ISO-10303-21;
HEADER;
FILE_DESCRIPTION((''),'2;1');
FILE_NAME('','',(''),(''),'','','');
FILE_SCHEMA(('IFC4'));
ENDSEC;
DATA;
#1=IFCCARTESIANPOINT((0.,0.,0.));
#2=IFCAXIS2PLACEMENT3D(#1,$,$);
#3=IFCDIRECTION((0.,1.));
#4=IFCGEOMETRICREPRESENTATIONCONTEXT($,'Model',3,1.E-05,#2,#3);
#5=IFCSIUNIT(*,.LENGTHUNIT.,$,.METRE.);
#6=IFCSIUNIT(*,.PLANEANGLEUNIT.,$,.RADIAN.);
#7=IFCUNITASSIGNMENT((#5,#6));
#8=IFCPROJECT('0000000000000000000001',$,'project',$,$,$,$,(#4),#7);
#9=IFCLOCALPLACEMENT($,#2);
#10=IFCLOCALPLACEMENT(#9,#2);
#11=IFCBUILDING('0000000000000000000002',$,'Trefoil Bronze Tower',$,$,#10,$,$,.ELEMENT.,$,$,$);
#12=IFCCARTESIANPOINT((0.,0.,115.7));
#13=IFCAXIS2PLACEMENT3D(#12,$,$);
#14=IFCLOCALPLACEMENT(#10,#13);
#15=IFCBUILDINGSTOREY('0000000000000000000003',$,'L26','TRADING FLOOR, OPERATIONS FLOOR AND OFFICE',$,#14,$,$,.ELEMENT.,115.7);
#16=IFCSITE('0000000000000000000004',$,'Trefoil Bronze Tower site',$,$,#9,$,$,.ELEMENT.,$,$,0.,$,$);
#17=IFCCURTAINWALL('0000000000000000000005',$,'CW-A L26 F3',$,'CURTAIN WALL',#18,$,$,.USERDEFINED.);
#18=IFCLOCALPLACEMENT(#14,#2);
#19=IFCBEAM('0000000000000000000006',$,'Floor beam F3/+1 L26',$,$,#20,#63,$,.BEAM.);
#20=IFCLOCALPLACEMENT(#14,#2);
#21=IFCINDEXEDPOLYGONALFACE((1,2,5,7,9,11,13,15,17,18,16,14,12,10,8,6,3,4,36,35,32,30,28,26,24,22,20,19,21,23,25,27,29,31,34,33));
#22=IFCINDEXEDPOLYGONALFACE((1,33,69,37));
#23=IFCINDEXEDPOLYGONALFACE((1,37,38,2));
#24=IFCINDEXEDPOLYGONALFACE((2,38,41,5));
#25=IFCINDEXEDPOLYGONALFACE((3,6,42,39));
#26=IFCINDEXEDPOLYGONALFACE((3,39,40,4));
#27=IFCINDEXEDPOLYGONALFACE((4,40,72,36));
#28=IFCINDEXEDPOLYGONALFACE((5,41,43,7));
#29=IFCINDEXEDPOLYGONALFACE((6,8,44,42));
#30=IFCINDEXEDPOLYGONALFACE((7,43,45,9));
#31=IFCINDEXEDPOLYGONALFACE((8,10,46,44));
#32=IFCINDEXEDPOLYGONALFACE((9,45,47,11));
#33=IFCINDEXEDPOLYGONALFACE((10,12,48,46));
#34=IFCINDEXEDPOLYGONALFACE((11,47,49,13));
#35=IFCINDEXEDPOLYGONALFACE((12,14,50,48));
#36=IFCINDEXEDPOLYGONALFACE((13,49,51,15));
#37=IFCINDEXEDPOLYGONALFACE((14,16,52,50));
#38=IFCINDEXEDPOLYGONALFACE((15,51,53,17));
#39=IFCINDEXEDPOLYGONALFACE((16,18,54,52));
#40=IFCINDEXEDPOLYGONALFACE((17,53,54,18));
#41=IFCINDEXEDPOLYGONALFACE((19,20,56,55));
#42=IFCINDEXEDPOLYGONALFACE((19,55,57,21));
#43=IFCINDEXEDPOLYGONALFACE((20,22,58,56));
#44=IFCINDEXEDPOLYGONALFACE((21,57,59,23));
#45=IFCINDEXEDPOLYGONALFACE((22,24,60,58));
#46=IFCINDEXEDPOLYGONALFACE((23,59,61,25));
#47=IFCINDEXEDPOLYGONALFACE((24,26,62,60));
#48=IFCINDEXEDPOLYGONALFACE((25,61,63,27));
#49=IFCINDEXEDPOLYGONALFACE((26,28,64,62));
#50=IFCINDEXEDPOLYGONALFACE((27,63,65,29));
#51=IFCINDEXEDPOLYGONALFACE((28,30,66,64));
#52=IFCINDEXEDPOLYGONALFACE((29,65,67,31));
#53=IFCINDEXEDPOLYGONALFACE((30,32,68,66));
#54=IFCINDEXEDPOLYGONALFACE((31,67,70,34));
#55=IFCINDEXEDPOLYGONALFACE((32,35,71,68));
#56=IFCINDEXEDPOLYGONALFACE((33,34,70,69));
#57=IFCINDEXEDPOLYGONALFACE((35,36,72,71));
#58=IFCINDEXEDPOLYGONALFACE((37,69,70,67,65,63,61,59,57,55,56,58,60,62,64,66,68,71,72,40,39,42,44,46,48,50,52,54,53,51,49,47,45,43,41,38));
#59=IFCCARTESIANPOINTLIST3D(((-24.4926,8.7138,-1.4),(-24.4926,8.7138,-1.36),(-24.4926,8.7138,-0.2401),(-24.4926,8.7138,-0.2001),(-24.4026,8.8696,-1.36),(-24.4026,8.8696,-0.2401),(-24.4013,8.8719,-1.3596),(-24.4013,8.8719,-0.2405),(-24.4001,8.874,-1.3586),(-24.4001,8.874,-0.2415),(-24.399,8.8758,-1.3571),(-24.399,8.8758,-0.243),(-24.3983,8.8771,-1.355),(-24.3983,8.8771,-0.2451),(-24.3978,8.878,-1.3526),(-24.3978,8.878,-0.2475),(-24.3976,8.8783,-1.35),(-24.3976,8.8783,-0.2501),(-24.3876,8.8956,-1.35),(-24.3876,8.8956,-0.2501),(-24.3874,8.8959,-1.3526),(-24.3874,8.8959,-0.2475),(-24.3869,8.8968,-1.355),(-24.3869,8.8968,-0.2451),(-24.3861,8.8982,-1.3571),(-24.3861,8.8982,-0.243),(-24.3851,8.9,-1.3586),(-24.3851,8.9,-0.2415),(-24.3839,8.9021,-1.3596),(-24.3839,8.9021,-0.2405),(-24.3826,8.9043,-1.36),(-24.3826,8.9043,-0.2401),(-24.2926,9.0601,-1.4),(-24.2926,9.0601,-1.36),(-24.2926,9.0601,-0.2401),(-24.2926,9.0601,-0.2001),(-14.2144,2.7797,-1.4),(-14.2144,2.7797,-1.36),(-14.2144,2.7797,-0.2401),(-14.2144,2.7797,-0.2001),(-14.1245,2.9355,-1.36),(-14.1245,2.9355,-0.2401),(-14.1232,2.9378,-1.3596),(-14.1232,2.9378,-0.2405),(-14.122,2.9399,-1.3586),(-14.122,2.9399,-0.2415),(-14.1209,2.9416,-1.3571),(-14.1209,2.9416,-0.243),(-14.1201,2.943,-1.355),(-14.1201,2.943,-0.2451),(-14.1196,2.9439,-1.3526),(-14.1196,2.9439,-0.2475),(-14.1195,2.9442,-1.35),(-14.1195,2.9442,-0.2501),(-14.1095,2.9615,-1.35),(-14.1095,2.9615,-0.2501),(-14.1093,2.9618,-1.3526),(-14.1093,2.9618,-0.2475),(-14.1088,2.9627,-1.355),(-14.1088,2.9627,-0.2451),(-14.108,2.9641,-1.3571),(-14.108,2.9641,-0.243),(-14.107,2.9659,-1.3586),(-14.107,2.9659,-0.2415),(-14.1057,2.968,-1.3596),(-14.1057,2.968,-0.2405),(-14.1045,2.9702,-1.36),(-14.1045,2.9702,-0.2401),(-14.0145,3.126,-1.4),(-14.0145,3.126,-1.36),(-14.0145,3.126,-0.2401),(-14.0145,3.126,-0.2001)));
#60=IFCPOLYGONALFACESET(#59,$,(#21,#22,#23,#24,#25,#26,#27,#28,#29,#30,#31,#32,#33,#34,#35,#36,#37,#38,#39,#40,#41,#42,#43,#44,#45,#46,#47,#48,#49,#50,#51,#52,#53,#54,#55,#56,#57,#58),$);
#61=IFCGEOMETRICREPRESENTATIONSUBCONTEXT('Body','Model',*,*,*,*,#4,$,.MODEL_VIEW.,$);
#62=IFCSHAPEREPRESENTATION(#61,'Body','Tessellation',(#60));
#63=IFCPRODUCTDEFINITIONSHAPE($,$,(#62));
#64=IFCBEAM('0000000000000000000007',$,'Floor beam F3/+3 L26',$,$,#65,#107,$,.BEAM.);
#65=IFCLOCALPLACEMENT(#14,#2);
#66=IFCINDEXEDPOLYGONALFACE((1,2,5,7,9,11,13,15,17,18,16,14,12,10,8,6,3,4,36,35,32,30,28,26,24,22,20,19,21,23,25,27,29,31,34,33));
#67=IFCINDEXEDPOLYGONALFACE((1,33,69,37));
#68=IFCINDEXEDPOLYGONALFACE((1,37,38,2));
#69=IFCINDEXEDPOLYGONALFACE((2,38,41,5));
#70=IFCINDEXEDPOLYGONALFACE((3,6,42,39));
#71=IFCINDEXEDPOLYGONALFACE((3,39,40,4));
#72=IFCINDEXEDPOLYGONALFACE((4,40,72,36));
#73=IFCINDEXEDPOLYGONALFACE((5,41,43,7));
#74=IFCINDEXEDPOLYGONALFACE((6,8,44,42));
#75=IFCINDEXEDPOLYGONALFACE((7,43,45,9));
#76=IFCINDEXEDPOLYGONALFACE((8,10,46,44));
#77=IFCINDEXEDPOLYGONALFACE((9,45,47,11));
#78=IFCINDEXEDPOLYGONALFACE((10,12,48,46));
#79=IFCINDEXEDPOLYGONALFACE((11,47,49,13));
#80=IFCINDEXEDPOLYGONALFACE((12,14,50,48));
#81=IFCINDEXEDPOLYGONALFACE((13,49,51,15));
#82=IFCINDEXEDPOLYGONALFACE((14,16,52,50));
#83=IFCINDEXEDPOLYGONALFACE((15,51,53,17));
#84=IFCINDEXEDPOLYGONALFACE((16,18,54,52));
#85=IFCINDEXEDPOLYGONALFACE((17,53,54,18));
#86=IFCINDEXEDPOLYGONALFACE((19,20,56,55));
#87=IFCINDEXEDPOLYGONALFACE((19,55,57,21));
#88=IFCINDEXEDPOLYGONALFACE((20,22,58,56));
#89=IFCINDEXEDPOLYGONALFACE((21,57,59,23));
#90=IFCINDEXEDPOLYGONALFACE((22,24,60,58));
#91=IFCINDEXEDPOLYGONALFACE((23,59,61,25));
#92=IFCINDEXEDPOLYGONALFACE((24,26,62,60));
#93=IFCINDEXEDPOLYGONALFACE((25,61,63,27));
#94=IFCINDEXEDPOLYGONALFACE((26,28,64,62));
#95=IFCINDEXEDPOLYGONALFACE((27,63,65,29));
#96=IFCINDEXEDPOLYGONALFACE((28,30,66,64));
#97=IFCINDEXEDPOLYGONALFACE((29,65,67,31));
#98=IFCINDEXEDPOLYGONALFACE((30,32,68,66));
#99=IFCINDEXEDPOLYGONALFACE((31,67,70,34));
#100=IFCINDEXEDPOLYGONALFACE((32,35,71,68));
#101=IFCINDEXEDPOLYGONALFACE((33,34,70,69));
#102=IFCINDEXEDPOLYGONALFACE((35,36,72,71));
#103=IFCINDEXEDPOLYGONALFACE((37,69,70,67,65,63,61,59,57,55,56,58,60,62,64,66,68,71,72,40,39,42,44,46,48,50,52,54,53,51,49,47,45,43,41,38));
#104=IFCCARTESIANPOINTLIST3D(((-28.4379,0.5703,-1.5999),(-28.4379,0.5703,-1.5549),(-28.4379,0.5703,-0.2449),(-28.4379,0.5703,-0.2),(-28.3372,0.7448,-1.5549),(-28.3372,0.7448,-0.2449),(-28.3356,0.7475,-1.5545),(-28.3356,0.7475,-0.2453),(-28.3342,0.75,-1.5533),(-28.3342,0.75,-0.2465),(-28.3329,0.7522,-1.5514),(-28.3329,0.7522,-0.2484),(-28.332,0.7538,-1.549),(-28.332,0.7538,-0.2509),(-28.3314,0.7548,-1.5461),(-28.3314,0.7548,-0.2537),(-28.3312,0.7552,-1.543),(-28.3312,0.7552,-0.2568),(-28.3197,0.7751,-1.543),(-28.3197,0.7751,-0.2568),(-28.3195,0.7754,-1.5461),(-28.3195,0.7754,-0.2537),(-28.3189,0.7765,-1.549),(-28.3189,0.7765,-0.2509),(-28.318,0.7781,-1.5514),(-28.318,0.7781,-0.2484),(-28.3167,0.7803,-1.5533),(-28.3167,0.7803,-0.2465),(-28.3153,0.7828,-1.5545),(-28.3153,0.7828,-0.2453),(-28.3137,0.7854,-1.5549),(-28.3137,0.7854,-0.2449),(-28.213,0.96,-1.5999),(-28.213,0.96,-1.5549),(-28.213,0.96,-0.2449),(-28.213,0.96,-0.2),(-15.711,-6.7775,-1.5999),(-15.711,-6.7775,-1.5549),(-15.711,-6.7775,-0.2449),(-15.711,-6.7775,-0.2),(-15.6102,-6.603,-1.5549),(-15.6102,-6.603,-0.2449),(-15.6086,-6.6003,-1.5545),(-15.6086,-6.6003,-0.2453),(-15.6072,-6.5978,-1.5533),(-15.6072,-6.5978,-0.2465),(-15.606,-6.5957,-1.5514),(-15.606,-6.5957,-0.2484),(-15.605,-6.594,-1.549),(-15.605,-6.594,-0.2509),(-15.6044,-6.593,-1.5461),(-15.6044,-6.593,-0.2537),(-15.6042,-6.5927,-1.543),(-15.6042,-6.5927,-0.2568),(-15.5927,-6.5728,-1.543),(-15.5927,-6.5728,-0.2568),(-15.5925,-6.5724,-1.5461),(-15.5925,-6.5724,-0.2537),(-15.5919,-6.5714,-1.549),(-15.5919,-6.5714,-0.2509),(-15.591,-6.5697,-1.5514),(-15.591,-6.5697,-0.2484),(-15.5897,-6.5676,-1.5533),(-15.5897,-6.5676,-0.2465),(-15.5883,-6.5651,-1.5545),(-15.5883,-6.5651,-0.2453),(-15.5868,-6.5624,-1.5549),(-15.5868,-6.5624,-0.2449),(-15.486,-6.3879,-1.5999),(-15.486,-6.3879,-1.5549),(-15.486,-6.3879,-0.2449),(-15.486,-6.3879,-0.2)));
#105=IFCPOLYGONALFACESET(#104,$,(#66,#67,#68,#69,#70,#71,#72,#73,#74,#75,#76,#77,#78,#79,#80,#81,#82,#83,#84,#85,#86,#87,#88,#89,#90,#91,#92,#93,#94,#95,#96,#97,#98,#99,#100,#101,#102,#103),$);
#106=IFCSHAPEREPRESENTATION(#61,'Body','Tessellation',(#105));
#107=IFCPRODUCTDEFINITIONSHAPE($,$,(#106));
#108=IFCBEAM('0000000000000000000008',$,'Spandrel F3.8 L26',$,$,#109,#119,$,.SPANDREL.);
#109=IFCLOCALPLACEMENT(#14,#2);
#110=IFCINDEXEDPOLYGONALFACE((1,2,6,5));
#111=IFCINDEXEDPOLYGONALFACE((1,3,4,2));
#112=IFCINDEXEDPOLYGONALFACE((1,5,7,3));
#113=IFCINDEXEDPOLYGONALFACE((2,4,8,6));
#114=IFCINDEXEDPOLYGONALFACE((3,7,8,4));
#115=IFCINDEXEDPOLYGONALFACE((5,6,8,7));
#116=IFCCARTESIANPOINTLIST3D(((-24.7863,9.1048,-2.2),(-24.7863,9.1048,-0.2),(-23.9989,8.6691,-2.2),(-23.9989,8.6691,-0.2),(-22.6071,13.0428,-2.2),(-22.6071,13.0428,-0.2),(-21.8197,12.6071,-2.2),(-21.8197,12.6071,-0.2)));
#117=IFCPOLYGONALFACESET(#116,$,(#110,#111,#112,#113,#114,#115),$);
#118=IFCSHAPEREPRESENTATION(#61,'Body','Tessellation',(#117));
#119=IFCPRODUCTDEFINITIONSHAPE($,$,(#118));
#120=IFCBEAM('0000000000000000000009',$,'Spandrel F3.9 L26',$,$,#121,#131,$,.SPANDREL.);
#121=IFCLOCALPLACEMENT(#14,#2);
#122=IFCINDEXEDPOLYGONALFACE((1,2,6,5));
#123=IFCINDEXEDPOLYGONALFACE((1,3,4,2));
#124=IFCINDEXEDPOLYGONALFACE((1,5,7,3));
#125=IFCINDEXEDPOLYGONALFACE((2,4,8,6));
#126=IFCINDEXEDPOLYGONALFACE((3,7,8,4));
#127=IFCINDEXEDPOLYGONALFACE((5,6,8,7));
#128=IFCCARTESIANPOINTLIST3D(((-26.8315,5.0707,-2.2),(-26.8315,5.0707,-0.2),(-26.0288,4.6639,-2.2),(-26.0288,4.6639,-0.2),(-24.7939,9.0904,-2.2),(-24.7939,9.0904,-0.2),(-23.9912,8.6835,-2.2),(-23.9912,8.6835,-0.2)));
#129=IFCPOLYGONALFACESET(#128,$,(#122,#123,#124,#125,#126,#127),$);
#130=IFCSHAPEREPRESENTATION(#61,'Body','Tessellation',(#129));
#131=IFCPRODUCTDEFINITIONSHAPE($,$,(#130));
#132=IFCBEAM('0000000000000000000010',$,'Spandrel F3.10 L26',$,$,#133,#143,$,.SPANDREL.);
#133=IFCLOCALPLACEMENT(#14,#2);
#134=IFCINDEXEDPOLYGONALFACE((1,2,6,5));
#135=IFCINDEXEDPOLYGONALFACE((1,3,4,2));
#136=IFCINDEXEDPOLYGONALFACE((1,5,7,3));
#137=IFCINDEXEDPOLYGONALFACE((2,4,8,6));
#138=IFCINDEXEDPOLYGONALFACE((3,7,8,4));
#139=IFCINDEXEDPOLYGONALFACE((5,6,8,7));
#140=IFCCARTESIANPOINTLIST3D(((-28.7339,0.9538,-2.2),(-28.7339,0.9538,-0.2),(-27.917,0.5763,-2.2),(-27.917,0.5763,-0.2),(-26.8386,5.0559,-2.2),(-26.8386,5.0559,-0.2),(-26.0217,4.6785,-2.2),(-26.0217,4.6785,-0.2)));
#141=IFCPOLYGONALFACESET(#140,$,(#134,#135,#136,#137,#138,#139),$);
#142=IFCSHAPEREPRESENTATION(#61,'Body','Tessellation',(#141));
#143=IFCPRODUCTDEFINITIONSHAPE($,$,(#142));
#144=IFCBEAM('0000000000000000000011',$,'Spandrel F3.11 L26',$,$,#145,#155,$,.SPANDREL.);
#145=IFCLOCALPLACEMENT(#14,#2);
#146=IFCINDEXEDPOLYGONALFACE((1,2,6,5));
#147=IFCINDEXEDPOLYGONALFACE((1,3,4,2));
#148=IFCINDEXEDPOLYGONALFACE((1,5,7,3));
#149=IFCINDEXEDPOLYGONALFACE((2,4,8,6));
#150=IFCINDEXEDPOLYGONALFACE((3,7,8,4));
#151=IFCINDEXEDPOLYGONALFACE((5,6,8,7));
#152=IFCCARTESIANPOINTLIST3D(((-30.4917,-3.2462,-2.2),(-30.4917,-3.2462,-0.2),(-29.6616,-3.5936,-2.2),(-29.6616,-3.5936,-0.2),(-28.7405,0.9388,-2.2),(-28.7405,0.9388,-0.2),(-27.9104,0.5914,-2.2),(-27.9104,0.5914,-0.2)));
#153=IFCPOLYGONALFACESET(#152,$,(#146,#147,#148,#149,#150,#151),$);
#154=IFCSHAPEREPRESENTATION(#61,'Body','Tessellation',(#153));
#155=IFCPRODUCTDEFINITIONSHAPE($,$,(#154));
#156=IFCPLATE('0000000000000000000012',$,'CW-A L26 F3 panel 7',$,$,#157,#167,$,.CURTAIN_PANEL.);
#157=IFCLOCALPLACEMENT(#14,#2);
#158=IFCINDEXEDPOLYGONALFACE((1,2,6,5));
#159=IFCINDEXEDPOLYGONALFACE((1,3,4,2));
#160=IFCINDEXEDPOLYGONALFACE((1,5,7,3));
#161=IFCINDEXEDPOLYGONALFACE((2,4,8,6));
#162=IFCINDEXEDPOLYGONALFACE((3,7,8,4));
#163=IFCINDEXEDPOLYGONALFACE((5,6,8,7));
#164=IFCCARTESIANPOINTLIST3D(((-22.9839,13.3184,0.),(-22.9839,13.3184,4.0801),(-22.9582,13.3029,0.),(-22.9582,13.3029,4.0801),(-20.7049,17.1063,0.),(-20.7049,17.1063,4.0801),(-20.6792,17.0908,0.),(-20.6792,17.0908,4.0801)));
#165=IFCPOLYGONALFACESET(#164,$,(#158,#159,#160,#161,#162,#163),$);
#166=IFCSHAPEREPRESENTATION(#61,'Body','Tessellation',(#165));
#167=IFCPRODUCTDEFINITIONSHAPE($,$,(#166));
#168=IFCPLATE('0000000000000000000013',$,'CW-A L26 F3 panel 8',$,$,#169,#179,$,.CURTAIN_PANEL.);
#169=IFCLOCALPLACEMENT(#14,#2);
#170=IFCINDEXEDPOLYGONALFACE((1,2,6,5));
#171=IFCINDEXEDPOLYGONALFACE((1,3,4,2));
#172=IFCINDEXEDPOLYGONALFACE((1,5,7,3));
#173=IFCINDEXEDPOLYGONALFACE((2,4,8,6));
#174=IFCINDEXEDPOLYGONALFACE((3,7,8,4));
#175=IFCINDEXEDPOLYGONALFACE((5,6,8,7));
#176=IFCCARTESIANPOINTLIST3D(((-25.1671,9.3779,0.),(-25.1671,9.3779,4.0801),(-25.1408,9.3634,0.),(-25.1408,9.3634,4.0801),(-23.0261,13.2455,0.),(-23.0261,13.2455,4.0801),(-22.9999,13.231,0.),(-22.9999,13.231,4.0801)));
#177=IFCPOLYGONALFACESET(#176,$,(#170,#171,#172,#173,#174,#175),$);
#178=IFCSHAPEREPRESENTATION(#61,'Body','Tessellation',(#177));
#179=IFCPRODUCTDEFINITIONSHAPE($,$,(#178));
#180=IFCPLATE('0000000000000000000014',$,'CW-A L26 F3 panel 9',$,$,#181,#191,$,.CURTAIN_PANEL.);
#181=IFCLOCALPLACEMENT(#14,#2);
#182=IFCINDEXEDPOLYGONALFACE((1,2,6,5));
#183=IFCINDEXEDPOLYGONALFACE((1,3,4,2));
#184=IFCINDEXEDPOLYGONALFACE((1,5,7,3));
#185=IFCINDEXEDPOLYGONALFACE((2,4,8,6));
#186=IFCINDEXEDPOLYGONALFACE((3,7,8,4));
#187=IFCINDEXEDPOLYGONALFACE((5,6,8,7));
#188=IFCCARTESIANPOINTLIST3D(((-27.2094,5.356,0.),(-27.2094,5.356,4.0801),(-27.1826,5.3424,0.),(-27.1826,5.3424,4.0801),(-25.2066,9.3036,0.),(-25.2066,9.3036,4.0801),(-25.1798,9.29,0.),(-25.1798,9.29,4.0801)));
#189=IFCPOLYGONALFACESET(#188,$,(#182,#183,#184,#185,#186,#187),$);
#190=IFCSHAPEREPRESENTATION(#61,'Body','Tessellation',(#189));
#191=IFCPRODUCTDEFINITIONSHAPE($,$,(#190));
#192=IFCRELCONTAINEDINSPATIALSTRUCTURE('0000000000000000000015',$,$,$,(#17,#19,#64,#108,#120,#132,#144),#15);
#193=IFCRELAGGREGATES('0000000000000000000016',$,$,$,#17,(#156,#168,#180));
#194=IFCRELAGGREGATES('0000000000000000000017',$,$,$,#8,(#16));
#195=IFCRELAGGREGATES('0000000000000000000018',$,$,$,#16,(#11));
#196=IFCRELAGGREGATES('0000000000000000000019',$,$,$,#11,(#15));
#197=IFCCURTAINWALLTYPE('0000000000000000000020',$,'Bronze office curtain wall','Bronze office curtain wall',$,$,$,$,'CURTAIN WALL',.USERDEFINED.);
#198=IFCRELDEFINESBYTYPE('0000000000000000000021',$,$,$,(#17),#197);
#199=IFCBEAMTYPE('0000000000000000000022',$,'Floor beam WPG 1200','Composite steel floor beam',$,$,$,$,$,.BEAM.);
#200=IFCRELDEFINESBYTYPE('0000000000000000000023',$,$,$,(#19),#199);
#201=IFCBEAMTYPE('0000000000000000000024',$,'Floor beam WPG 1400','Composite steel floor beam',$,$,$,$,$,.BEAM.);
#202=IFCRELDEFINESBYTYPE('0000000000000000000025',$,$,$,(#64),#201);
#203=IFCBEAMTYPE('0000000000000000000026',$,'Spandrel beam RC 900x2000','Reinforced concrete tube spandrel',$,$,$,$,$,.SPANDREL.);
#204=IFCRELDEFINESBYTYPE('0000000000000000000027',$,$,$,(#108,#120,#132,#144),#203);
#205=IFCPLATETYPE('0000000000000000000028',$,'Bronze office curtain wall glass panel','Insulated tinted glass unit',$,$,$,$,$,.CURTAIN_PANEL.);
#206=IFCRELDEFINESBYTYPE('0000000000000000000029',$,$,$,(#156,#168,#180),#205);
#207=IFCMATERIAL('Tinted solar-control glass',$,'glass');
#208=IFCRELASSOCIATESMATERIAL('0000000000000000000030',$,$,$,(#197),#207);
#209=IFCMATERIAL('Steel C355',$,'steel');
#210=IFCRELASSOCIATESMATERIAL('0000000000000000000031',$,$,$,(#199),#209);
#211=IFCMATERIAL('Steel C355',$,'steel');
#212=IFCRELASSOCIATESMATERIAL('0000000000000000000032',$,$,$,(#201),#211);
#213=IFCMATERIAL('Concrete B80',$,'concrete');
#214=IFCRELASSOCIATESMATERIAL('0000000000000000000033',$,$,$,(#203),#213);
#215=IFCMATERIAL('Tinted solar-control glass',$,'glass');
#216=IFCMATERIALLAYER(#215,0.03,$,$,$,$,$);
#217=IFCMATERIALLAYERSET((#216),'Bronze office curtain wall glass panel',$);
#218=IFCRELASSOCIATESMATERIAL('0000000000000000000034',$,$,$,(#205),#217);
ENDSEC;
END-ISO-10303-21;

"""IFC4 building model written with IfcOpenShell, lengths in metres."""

from ifc_helpers import new_model, si_unit, direction, frame, origin, origin_2d, place, context, subcontext, project, spatial, rectangle, i_section, extrude, material, layer, layer_set, material_profile, profile_set, type_object, element, aggregate, save


model = new_model("IFC4")

# Units and contexts
model_context = context("Model", 3, precision=1e-05, world=origin(), true_north=direction((0.0, 1.0)))
body_context = subcontext(model_context, "Body", "Model", "MODEL_VIEW")
ifc_project = project(units=[si_unit("LENGTHUNIT", "METRE"), si_unit("PLANEANGLEUNIT", "RADIAN")], contexts=[model_context])

# Site, building, storey
site_placement = place(None, origin())
site = spatial("IfcSite", under=ifc_project, at=site_placement, Name="Trefoil Bronze Tower site", CompositionType="ELEMENT", RefElevation=0.0)
building_placement = place(site_placement, origin())
building = spatial("IfcBuilding", under=site, at=building_placement, Name="Trefoil Bronze Tower", CompositionType="ELEMENT")
storey_placement = place(building_placement, frame((0.0, 0.0, 115.7)))
storey = spatial("IfcBuildingStorey", under=building, at=storey_placement, Name="L26", Description="TRADING FLOOR, OPERATIONS FLOOR AND OFFICE", CompositionType="ELEMENT", Elevation=115.7)

# Curtain wall
ifc_material_1 = material(Name="Tinted solar-control glass", Category="glass")
curtain_wall_type = type_object("IfcCurtainWallType", Name="Bronze office curtain wall", Description="Bronze office curtain wall", ElementType="CURTAIN WALL", PredefinedType="USERDEFINED", material=ifc_material_1)
curtain_wall_placement = place(storey_placement, origin())
curtain_wall = element("IfcCurtainWall", 1, at=curtain_wall_placement, inside=storey, type_object=curtain_wall_type, Name="CW-A L26 F3", ObjectType="CURTAIN WALL", PredefinedType="USERDEFINED")

# Beams
ifc_material_2 = material(Name="Steel C355", Category="steel")
ifc_material_profile_1 = material_profile(ifc_material_2, i_section(OverallWidth=0.3999, OverallDepth=1.2, WebThickness=0.02, FlangeThickness=0.04, FilletRadius=0.01, at=origin_2d()), Name="WPG 1200")
ifc_profile_set_1 = profile_set([ifc_material_profile_1], Name="Steel C355")
beam_type_1 = type_object("IfcBeamType", Name="Floor beam WPG 1200", Description="Composite steel floor beam", PredefinedType="BEAM", material=ifc_profile_set_1)
beam_1_placement = place(storey_placement, frame((-24.3926, 8.887, -0.8), z_axis=(0.866024, -0.500002, 0.0), x_axis=(0.500002, 0.866024, 0.0)))
element("IfcBeam", 2, at=beam_1_placement, inside=storey, type_object=beam_type_1, Name="Floor beam F3/+1 L26", PredefinedType="BEAM", context=body_context, shape_type="SweptSolid", body=[
    extrude(i_section(OverallWidth=0.3999, OverallDepth=1.2, WebThickness=0.02, FlangeThickness=0.04, FilletRadius=0.01, at=origin_2d()), origin(), (0.0, 0.0, 1.0), 11.8682),
])
ifc_material_3 = material(Name="Steel C355", Category="steel")
ifc_material_profile_2 = material_profile(ifc_material_3, i_section(OverallWidth=0.45, OverallDepth=1.3999, WebThickness=0.0229, FlangeThickness=0.0449, FilletRadius=0.012, at=origin_2d()), Name="WPG 1400")
ifc_profile_set_2 = profile_set([ifc_material_profile_2], Name="Steel C355")
beam_type_2 = type_object("IfcBeamType", Name="Floor beam WPG 1400", Description="Composite steel floor beam", PredefinedType="BEAM", material=ifc_profile_set_2)
beam_2_placement = place(storey_placement, frame((-28.3254, 0.7651, -0.8999), z_axis=(0.866027, -0.499997, 0.0), x_axis=(0.499997, 0.866027, 0.0)))
element("IfcBeam", 3, at=beam_2_placement, inside=storey, type_object=beam_type_2, Name="Floor beam F3/+3 L26", PredefinedType="BEAM", context=body_context, shape_type="SweptSolid", body=[
    extrude(i_section(OverallWidth=0.45, OverallDepth=1.3999, WebThickness=0.0229, FlangeThickness=0.0449, FilletRadius=0.012, at=origin_2d()), origin(), (0.0, 0.0, 1.0), 14.6958),
])
ifc_material_4 = material(Name="Concrete B80", Category="concrete")
ifc_material_profile_3 = material_profile(ifc_material_4, rectangle(XDim=0.8999, YDim=2.0, at=origin_2d()), Name="RC 900x2000")
ifc_profile_set_3 = profile_set([ifc_material_profile_3], Name="Concrete B80")
beam_type_3 = type_object("IfcBeamType", Name="Spandrel beam RC 900x2000", Description="Reinforced concrete tube spandrel", PredefinedType="SPANDREL", material=ifc_profile_set_3)
beam_3_placement = place(storey_placement, frame((-22.2134, 12.825, -1.2), z_axis=(-0.484187, -0.874965, 0.0), x_axis=(0.874965, -0.484187, 0.0)))
element("IfcBeam", 4, at=beam_3_placement, inside=storey, type_object=beam_type_3, Name="Spandrel F3.8 L26", PredefinedType="SPANDREL", context=body_context, shape_type="SweptSolid", body=[
    extrude(rectangle(XDim=0.8999, YDim=2.0, at=origin_2d()), origin(), (0.0, 0.0, 1.0), 4.5007),
])
beam_4_placement = place(storey_placement, frame((-24.3926, 8.887, -1.2), z_axis=(-0.452126, -0.891954, 0.0), x_axis=(0.891954, -0.452126, 0.0)))
element("IfcBeam", 5, at=beam_4_placement, inside=storey, type_object=beam_type_3, Name="Spandrel F3.9 L26", PredefinedType="SPANDREL", context=body_context, shape_type="SweptSolid", body=[
    extrude(rectangle(XDim=0.8999, YDim=2.0, at=origin_2d()), origin(), (0.0, 0.0, 1.0), 4.5066),
])
beam_5_placement = place(storey_placement, frame((-26.4302, 4.8672, -1.2), z_axis=(-0.419425, -0.90779, 0.0), x_axis=(0.90779, -0.419425, 0.0)))
element("IfcBeam", 6, at=beam_5_placement, inside=storey, type_object=beam_type_3, Name="Spandrel F3.10 L26", PredefinedType="SPANDREL", context=body_context, shape_type="SweptSolid", body=[
    extrude(rectangle(XDim=0.8999, YDim=2.0, at=origin_2d()), origin(), (0.0, 0.0, 1.0), 4.5188),
])
beam_6_placement = place(storey_placement, frame((-28.3254, 0.7651, -1.2), z_axis=(-0.386013, -0.922493, 0.0), x_axis=(0.922493, -0.386013, 0.0)))
element("IfcBeam", 7, at=beam_6_placement, inside=storey, type_object=beam_type_3, Name="Spandrel F3.11 L26", PredefinedType="SPANDREL", context=body_context, shape_type="SweptSolid", body=[
    extrude(rectangle(XDim=0.8999, YDim=2.0, at=origin_2d()), origin(), (0.0, 0.0, 1.0), 4.5366),
])

# Plates
ifc_material_5 = material(Name="Tinted solar-control glass", Category="glass")
ifc_layer_1 = layer(ifc_material_5, 0.03)
ifc_layer_set_1 = layer_set([ifc_layer_1], Name="Bronze office curtain wall glass panel")
plate_type = type_object("IfcPlateType", Name="Bronze office curtain wall glass panel", Description="Insulated tinted glass unit", PredefinedType="CURTAIN_PANEL", material=ifc_layer_set_1)
plate_1_placement = place(storey_placement, frame((-21.8315, 15.2046, 0.0), z_axis=(0.0, 0.0, 1.0), x_axis=(-0.515525, -0.856874, 0.0)))
plate_1 = element("IfcPlate", 8, at=plate_1_placement, type_object=plate_type, Name="CW-A L26 F3 panel 7", PredefinedType="CURTAIN_PANEL", context=body_context, shape_type="SweptSolid", body=[
    extrude(rectangle(XDim=4.4207, YDim=0.03, at=origin_2d()), origin(), (0.0, 0.0, 1.0), 4.0801),
])
plate_2_placement = place(storey_placement, frame((-24.0835, 11.3044, 0.0), z_axis=(0.0, 0.0, 1.0), x_axis=(-0.484312, -0.874895, 0.0)))
plate_2 = element("IfcPlate", 9, at=plate_2_placement, type_object=plate_type, Name="CW-A L26 F3 panel 8", PredefinedType="CURTAIN_PANEL", context=body_context, shape_type="SweptSolid", body=[
    extrude(rectangle(XDim=4.4207, YDim=0.03, at=origin_2d()), origin(), (0.0, 0.0, 1.0), 4.0801),
])
plate_3_placement = place(storey_placement, frame((-26.1946, 7.323, 0.0), z_axis=(0.0, 0.0, 1.0), x_axis=(-0.452449, -0.89179, 0.0)))
plate_3 = element("IfcPlate", 10, at=plate_3_placement, type_object=plate_type, Name="CW-A L26 F3 panel 9", PredefinedType="CURTAIN_PANEL", context=body_context, shape_type="SweptSolid", body=[
    extrude(rectangle(XDim=4.4265, YDim=0.03, at=origin_2d()), origin(), (0.0, 0.0, 1.0), 4.0801),
])
aggregate(curtain_wall, [plate_1, plate_2, plate_3])

save(model, "model.ifc")
